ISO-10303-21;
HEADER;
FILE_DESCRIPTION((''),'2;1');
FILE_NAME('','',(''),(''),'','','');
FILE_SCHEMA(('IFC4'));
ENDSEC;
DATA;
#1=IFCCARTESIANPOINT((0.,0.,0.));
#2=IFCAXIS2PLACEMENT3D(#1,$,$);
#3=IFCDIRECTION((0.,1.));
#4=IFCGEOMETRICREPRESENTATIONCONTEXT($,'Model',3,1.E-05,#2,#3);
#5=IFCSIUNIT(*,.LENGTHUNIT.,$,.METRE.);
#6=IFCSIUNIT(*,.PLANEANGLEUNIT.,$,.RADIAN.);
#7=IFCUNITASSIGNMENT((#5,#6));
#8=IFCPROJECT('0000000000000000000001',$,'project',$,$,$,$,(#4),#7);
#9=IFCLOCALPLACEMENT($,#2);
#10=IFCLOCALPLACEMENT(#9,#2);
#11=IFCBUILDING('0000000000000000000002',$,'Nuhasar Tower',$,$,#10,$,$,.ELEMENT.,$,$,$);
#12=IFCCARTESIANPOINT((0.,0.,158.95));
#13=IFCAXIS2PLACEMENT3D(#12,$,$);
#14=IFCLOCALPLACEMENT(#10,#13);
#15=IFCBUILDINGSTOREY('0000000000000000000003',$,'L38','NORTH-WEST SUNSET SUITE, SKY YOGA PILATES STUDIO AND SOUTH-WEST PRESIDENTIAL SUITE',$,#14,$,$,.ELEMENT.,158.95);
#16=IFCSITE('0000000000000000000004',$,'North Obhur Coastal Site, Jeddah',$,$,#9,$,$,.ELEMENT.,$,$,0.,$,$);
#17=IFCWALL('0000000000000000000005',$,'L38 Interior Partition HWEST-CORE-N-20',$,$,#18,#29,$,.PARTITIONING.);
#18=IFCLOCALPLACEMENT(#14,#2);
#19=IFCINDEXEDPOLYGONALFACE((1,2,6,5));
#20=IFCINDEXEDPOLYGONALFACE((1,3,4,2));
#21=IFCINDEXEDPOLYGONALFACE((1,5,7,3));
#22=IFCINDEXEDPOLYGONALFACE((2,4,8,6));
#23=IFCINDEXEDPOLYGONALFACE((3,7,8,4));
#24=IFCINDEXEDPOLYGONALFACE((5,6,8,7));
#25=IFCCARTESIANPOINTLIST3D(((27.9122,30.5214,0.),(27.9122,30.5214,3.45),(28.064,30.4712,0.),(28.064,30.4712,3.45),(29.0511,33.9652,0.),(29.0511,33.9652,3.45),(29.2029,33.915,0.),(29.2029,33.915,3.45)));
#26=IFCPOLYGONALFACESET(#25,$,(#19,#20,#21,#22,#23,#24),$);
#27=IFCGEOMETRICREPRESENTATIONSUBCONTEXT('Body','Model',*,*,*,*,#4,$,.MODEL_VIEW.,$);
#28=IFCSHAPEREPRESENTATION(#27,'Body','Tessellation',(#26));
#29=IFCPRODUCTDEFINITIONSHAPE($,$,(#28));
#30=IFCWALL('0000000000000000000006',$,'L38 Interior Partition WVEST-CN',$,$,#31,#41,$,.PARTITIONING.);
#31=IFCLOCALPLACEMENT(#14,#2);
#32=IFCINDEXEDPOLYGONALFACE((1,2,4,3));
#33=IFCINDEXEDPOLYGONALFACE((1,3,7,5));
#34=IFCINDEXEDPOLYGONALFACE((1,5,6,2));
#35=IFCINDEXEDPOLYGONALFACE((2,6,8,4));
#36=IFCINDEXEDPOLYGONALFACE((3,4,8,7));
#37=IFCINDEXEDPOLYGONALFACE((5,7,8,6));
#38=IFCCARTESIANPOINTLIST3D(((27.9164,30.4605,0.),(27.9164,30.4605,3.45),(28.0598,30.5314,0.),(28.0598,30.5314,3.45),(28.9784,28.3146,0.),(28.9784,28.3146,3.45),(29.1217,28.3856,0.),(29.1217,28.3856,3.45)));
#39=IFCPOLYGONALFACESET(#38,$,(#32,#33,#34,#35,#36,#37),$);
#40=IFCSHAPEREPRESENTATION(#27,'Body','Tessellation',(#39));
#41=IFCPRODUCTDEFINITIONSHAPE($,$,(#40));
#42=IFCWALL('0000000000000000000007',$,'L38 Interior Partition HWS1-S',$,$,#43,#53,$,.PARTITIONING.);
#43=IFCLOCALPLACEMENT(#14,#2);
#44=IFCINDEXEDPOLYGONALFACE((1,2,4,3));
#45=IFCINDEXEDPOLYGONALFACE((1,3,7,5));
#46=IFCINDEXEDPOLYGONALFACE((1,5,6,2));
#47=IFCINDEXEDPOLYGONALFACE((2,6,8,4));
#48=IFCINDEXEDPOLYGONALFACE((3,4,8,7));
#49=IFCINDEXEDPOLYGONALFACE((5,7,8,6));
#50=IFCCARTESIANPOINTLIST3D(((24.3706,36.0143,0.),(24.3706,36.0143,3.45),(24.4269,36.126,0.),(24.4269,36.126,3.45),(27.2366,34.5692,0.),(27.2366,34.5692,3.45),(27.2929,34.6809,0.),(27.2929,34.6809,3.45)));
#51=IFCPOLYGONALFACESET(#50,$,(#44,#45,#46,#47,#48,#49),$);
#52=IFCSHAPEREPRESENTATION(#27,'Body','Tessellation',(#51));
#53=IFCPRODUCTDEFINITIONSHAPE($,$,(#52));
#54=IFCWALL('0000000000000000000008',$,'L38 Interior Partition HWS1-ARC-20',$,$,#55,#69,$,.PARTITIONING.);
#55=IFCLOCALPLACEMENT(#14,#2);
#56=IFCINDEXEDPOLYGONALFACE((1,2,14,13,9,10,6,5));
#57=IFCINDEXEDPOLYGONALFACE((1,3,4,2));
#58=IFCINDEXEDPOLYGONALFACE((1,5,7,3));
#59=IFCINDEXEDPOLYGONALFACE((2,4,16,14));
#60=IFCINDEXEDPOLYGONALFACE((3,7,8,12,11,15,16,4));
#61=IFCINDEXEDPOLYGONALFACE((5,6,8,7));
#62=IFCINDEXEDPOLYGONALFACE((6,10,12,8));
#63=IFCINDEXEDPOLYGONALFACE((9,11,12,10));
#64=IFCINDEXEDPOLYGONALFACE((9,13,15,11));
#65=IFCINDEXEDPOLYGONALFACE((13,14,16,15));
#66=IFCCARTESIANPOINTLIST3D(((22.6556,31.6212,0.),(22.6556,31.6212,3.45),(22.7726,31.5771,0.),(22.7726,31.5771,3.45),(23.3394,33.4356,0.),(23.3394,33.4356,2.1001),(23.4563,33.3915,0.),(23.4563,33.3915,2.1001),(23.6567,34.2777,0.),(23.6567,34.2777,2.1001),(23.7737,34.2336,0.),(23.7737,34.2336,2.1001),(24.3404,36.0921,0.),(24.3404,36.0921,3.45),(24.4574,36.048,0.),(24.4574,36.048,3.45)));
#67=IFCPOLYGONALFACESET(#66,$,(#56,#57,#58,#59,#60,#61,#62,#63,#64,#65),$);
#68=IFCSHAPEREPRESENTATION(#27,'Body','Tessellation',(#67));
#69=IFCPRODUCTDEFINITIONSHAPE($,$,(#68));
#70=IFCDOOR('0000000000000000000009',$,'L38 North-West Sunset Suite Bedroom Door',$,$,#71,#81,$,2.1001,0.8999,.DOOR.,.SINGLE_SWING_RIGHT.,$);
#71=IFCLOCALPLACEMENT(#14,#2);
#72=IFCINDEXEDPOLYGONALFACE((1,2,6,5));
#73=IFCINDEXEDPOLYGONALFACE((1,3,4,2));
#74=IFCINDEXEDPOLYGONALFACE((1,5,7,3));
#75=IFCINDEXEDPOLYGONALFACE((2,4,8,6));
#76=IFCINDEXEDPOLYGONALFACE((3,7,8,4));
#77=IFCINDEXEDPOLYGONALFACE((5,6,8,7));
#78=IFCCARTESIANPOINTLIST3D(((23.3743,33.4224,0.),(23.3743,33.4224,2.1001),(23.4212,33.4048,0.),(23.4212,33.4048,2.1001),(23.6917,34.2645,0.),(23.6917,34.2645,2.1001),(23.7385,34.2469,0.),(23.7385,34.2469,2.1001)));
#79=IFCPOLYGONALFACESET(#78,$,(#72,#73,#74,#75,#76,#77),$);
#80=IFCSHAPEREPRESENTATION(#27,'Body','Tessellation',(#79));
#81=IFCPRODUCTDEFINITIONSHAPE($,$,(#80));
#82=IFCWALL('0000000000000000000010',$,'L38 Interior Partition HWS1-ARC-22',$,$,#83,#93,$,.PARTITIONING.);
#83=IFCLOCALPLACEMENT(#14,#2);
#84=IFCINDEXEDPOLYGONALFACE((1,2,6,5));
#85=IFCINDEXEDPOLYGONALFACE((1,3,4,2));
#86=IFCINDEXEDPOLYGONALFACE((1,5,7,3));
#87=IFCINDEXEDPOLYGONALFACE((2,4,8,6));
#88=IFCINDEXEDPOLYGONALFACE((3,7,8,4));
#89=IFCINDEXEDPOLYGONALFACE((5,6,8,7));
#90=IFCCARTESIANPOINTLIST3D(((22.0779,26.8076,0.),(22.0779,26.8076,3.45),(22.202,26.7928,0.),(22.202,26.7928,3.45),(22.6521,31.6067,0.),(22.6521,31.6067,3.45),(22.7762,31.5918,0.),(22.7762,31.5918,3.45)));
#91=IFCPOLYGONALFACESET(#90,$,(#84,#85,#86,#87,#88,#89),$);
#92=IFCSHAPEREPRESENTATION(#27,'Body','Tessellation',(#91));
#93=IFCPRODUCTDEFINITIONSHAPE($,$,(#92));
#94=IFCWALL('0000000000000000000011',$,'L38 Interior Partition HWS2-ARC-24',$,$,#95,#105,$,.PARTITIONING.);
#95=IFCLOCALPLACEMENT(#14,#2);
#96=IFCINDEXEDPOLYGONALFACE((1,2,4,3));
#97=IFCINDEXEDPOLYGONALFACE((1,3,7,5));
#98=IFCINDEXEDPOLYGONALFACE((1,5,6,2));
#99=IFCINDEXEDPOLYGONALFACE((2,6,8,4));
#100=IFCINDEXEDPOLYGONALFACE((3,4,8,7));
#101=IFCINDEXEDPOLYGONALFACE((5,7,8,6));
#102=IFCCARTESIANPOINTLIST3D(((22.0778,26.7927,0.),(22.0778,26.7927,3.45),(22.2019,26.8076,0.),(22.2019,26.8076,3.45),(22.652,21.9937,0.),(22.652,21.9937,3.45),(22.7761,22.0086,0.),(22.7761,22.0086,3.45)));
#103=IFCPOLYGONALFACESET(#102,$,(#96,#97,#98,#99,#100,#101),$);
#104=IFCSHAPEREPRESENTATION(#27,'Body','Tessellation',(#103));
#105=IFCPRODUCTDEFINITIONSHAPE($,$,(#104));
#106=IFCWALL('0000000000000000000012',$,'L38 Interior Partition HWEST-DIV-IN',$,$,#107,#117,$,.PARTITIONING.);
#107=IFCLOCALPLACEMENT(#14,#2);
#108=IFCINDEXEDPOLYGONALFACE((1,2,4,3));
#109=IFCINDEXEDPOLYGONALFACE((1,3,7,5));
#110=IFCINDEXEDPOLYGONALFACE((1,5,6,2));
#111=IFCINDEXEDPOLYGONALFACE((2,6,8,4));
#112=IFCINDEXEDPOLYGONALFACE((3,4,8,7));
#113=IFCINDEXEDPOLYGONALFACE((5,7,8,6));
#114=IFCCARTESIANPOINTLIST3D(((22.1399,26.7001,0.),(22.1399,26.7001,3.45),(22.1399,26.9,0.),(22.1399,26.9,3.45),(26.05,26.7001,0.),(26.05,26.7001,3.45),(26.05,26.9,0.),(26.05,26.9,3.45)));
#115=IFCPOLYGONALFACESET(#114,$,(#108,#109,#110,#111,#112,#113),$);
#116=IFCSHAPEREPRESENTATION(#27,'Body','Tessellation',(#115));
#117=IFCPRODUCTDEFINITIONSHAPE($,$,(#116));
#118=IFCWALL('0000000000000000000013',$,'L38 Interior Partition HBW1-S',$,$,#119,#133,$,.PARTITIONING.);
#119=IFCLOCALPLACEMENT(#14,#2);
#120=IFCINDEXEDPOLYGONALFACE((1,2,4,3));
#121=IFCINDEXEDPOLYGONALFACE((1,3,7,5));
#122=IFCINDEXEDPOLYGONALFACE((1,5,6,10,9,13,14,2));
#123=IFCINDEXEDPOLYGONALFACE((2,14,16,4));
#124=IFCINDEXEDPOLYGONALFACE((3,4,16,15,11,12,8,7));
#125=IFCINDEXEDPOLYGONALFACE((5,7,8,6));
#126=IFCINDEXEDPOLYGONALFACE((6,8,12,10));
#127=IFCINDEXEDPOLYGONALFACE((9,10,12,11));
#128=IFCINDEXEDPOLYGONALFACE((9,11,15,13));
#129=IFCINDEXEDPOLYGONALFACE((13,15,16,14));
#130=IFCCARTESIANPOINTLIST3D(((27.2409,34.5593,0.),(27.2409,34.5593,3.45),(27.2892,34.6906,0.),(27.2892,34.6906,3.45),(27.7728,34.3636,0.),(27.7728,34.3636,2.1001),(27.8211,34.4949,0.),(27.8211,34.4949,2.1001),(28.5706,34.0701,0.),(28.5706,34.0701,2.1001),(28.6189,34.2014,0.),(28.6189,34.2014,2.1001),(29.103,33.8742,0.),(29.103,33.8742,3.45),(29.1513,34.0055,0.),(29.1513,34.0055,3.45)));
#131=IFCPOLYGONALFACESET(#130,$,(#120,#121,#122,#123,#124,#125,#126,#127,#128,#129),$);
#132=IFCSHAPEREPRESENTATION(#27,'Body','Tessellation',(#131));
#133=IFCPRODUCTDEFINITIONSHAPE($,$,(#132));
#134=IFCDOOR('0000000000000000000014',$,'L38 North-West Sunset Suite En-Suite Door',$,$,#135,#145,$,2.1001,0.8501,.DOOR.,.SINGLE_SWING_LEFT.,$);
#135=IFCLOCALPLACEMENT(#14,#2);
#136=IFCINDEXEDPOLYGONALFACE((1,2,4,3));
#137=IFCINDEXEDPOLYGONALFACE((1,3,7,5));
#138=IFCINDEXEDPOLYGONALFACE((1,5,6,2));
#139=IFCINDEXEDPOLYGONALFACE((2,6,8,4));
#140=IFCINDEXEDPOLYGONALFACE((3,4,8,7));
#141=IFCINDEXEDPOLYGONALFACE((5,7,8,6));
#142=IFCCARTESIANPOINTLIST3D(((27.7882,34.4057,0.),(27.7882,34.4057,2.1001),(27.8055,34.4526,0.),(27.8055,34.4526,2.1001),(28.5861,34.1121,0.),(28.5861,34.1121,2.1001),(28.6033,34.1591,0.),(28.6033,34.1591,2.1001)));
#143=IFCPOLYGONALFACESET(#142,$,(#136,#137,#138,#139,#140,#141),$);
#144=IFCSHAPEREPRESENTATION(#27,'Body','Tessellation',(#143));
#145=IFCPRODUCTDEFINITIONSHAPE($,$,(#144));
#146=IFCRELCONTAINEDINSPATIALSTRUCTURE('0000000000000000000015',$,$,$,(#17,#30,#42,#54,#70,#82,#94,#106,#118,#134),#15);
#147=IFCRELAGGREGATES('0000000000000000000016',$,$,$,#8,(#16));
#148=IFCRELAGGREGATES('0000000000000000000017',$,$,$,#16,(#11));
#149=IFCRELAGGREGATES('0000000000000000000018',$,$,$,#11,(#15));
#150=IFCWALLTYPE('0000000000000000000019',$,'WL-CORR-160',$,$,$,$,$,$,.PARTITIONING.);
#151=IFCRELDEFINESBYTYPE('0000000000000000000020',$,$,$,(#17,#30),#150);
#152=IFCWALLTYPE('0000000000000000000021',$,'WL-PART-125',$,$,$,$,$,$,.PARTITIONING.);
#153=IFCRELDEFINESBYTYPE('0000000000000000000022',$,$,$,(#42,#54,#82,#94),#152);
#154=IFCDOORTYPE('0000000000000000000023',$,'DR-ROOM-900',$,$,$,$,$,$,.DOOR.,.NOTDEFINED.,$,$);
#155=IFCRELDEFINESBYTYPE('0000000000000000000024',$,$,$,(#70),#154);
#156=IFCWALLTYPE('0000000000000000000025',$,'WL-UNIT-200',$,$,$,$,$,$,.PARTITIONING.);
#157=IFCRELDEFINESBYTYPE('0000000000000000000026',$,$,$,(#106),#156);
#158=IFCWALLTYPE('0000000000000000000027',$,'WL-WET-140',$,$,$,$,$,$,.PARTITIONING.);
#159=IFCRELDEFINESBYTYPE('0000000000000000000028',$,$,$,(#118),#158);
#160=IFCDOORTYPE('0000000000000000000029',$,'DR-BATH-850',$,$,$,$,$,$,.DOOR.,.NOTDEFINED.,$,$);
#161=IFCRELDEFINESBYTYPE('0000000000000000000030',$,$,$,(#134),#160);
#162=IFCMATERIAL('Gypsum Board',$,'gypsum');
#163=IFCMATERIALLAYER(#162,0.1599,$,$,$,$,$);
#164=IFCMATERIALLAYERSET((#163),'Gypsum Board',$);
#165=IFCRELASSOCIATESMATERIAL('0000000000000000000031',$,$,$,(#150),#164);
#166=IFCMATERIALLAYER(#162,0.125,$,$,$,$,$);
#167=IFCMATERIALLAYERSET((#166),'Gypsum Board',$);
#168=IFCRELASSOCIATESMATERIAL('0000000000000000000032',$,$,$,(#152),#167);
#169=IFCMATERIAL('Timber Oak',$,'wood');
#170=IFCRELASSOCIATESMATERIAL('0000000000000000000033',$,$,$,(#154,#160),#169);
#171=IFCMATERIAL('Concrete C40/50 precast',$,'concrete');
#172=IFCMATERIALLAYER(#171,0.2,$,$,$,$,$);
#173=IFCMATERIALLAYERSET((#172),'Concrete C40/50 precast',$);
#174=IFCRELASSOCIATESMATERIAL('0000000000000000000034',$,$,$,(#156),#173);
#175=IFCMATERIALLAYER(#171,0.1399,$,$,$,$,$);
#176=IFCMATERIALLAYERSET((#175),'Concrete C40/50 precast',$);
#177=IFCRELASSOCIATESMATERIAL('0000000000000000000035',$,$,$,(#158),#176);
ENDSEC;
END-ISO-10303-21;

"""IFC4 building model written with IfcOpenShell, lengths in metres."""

from ifc_helpers import new_model, si_unit, direction, frame, frame_2d, origin, place, context, subcontext, project, spatial, rectangle, extrude, material, layer, layer_set, type_object, element, fill, save


model = new_model("IFC4")

# Units and contexts
model_context = context("Model", 3, precision=1e-05, world=origin(), true_north=direction((0.0, 1.0)))
body_context = subcontext(model_context, "Body", "Model", "MODEL_VIEW")
ifc_project = project(units=[si_unit("LENGTHUNIT", "METRE"), si_unit("PLANEANGLEUNIT", "RADIAN")], contexts=[model_context])

# Site, building, storey
site_placement = place(None, origin())
site = spatial("IfcSite", under=ifc_project, at=site_placement, Name="North Obhur Coastal Site, Jeddah", CompositionType="ELEMENT", RefElevation=0.0)
building_placement = place(site_placement, origin())
building = spatial("IfcBuilding", under=site, at=building_placement, Name="Nuhasar Tower", CompositionType="ELEMENT")
storey_placement = place(building_placement, frame((0.0, 0.0, 158.95)))
storey = spatial("IfcBuildingStorey", under=building, at=storey_placement, Name="L38", Description="NORTH-WEST SUNSET SUITE, SKY YOGA PILATES STUDIO AND SOUTH-WEST PRESIDENTIAL SUITE", CompositionType="ELEMENT", Elevation=158.95)

# Wall
ifc_material_1 = material(Name="Gypsum Board", Category="gypsum")
ifc_layer_1 = layer(ifc_material_1, 0.1599)
ifc_layer_set_1 = layer_set([ifc_layer_1], Name="Gypsum Board")
wall_type_1 = type_object("IfcWallType", Name="WL-CORR-160", PredefinedType="PARTITIONING", material=ifc_layer_set_1)
wall_1_placement = place(storey_placement, frame((29.127, 33.9399, 0.0), z_axis=(0.0, 0.0, 1.0), x_axis=(-0.313986, -0.949428, 0.0)))
element("IfcWall", 1, at=wall_1_placement, inside=storey, type_object=wall_type_1, Name="L38 Interior Partition HWEST-CORE-N-20", PredefinedType="PARTITIONING", context=body_context, shape_type="SweptSolid", body=[
    extrude(rectangle(XDim=3.6272, YDim=0.1599, at=frame_2d((1.8135, 0.0))), origin(), (0.0, 0.0, 1.0), 3.45),
])

# Shared definitions
ifc_material_2 = material(Name="Timber Oak", Category="wood")

# Walls
wall_2_placement = place(storey_placement, frame((27.988, 30.4961, 0.0), z_axis=(0.0, 0.0, 1.0), x_axis=(0.443539, -0.896255, 0.0)))
element("IfcWall", 2, at=wall_2_placement, inside=storey, type_object=wall_type_1, Name="L38 Interior Partition WVEST-CN", PredefinedType="PARTITIONING", context=body_context, shape_type="SweptSolid", body=[
    extrude(rectangle(XDim=2.3943, YDim=0.1599, at=frame_2d((1.1973, 0.0))), origin(), (0.0, 0.0, 1.0), 3.45),
])
ifc_layer_2 = layer(ifc_material_1, 0.125)
ifc_layer_set_2 = layer_set([ifc_layer_2], Name="Gypsum Board")
wall_type_2 = type_object("IfcWallType", Name="WL-PART-125", PredefinedType="PARTITIONING", material=ifc_layer_set_2)
wall_3_placement = place(storey_placement, frame((27.2649, 34.625, 0.0), z_axis=(0.0, 0.0, 1.0), x_axis=(-0.892916, 0.450223, 0.0)))
element("IfcWall", 3, at=wall_3_placement, inside=storey, type_object=wall_type_2, Name="L38 Interior Partition HWS1-S", PredefinedType="PARTITIONING", context=body_context, shape_type="SweptSolid", body=[
    extrude(rectangle(XDim=3.2097, YDim=0.125, at=frame_2d((1.605, 0.0))), origin(), (0.0, 0.0, 1.0), 3.45),
])

# Wall, opening, door
wall_4_placement = place(storey_placement, frame((24.3989, 36.0701, 0.0), z_axis=(0.0, 0.0, 1.0), x_axis=(-0.352629, -0.935763, 0.0)))
wall_4 = element("IfcWall", 4, at=wall_4_placement, inside=storey, type_object=wall_type_2, Name="L38 Interior Partition HWS1-ARC-20", PredefinedType="PARTITIONING", context=body_context, shape_type="SweptSolid", body=[
    extrude(rectangle(XDim=4.7778, YDim=0.125, at=frame_2d((2.3889, 0.0))), origin(), (0.0, 0.0, 1.0), 3.45),
])
opening_1_placement = place(wall_4_placement, frame((1.939, 0.0, 0.0)))
opening_1 = element("IfcOpeningElement", 5, at=opening_1_placement, cuts=wall_4, PredefinedType="OPENING", context=body_context, shape_type="SweptSolid", body=[
    extrude(rectangle(XDim=0.8999, YDim=2.1001, at=frame_2d((0.45, 1.05))), frame((0.0, 0.0725, 0.0), z_axis=(0.0, -1.0, 0.0), x_axis=(1.0, 0.0, 0.0)), (0.0, 0.0, 1.0), 0.145),
])
door_type_1 = type_object("IfcDoorType", Name="DR-ROOM-900", OperationType="NOTDEFINED", PredefinedType="DOOR", material=ifc_material_2)
door_1_placement = place(opening_1_placement, origin())
door_1 = element("IfcDoor", 6, at=door_1_placement, inside=storey, type_object=door_type_1, Name="L38 North-West Sunset Suite Bedroom Door", OperationType="SINGLE_SWING_RIGHT", OverallHeight=2.1001, OverallWidth=0.8999, PredefinedType="DOOR", context=body_context, shape_type="SweptSolid", body=[
    extrude(rectangle(XDim=0.8999, YDim=2.1001, at=frame_2d((0.45, 1.05))), frame((0.0, 0.0249, 0.0), z_axis=(0.0, -1.0, 0.0), x_axis=(1.0, 0.0, 0.0)), (0.0, 0.0, 1.0), 0.05),
])
fill(opening_1, door_1)

# Walls
for number, where, z_axis, x_axis, name in (
    (7, (22.7141, 31.5991, 0.0), (0.0, 0.0, 1.0), (-0.118805, -0.992918, 0.0), "L38 Interior Partition HWS1-ARC-22"),
    (8, (22.1399, 26.8, 0.0), (0.0, 0.0, 1.0), (0.118805, -0.992918, 0.0), "L38 Interior Partition HWS2-ARC-24"),
):
    element("IfcWall", number, at=place(storey_placement, frame(where, z_axis=z_axis, x_axis=x_axis)), inside=storey, type_object=wall_type_2, Name=name, PredefinedType="PARTITIONING", context=body_context, shape_type="SweptSolid", body=[
        extrude(rectangle(XDim=4.8333, YDim=0.125, at=frame_2d((2.4165, 0.0))), origin(), (0.0, 0.0, 1.0), 3.45),
    ])
ifc_material_3 = material(Name="Concrete C40/50 precast", Category="concrete")
ifc_layer_3 = layer(ifc_material_3, 0.2)
ifc_layer_set_3 = layer_set([ifc_layer_3], Name="Concrete C40/50 precast")
wall_type_3 = type_object("IfcWallType", Name="WL-UNIT-200", PredefinedType="PARTITIONING", material=ifc_layer_set_3)
wall_5_placement = place(storey_placement, frame((26.05, 26.8, 0.0), z_axis=(0.0, 0.0, 1.0), x_axis=(-1.0, 0.0, 0.0)))
element("IfcWall", 9, at=wall_5_placement, inside=storey, type_object=wall_type_3, Name="L38 Interior Partition HWEST-DIV-IN", PredefinedType="PARTITIONING", context=body_context, shape_type="SweptSolid", body=[
    extrude(rectangle(XDim=3.9102, YDim=0.2, at=frame_2d((1.9551, 0.0))), origin(), (0.0, 0.0, 1.0), 3.45),
])

# Wall, opening, door
ifc_layer_4 = layer(ifc_material_3, 0.1399)
ifc_layer_set_4 = layer_set([ifc_layer_4], Name="Concrete C40/50 precast")
wall_type_4 = type_object("IfcWallType", Name="WL-WET-140", PredefinedType="PARTITIONING", material=ifc_layer_set_4)
wall_6_placement = place(storey_placement, frame((27.2649, 34.625, 0.0), z_axis=(0.0, 0.0, 1.0), x_axis=(0.938501, -0.345278, 0.0)))
wall_6 = element("IfcWall", 10, at=wall_6_placement, inside=storey, type_object=wall_type_4, Name="L38 Interior Partition HBW1-S", PredefinedType="PARTITIONING", context=body_context, shape_type="SweptSolid", body=[
    extrude(rectangle(XDim=1.9841, YDim=0.1399, at=frame_2d((0.9922, 0.0))), origin(), (0.0, 0.0, 1.0), 3.45),
])
opening_2_placement = place(wall_6_placement, frame((0.5669, 0.0, 0.0)))
opening_2 = element("IfcOpeningElement", 11, at=opening_2_placement, cuts=wall_6, PredefinedType="OPENING", context=body_context, shape_type="SweptSolid", body=[
    extrude(rectangle(XDim=0.8501, YDim=2.1001, at=frame_2d((0.425, 1.05))), frame((0.0, 0.0801, 0.0), z_axis=(0.0, -1.0, 0.0), x_axis=(1.0, 0.0, 0.0)), (0.0, 0.0, 1.0), 0.1599),
])
door_type_2 = type_object("IfcDoorType", Name="DR-BATH-850", OperationType="NOTDEFINED", PredefinedType="DOOR", material=ifc_material_2)
door_2_placement = place(opening_2_placement, origin())
door_2 = element("IfcDoor", 12, at=door_2_placement, inside=storey, type_object=door_type_2, Name="L38 North-West Sunset Suite En-Suite Door", OperationType="SINGLE_SWING_LEFT", OverallHeight=2.1001, OverallWidth=0.8501, PredefinedType="DOOR", context=body_context, shape_type="SweptSolid", body=[
    extrude(rectangle(XDim=0.8501, YDim=2.1001, at=frame_2d((0.425, 1.05))), frame((0.0, 0.0249, 0.0), z_axis=(0.0, -1.0, 0.0), x_axis=(1.0, 0.0, 0.0)), (0.0, 0.0, 1.0), 0.05),
])
fill(opening_2, door_2)

save(model, "model.ifc")
